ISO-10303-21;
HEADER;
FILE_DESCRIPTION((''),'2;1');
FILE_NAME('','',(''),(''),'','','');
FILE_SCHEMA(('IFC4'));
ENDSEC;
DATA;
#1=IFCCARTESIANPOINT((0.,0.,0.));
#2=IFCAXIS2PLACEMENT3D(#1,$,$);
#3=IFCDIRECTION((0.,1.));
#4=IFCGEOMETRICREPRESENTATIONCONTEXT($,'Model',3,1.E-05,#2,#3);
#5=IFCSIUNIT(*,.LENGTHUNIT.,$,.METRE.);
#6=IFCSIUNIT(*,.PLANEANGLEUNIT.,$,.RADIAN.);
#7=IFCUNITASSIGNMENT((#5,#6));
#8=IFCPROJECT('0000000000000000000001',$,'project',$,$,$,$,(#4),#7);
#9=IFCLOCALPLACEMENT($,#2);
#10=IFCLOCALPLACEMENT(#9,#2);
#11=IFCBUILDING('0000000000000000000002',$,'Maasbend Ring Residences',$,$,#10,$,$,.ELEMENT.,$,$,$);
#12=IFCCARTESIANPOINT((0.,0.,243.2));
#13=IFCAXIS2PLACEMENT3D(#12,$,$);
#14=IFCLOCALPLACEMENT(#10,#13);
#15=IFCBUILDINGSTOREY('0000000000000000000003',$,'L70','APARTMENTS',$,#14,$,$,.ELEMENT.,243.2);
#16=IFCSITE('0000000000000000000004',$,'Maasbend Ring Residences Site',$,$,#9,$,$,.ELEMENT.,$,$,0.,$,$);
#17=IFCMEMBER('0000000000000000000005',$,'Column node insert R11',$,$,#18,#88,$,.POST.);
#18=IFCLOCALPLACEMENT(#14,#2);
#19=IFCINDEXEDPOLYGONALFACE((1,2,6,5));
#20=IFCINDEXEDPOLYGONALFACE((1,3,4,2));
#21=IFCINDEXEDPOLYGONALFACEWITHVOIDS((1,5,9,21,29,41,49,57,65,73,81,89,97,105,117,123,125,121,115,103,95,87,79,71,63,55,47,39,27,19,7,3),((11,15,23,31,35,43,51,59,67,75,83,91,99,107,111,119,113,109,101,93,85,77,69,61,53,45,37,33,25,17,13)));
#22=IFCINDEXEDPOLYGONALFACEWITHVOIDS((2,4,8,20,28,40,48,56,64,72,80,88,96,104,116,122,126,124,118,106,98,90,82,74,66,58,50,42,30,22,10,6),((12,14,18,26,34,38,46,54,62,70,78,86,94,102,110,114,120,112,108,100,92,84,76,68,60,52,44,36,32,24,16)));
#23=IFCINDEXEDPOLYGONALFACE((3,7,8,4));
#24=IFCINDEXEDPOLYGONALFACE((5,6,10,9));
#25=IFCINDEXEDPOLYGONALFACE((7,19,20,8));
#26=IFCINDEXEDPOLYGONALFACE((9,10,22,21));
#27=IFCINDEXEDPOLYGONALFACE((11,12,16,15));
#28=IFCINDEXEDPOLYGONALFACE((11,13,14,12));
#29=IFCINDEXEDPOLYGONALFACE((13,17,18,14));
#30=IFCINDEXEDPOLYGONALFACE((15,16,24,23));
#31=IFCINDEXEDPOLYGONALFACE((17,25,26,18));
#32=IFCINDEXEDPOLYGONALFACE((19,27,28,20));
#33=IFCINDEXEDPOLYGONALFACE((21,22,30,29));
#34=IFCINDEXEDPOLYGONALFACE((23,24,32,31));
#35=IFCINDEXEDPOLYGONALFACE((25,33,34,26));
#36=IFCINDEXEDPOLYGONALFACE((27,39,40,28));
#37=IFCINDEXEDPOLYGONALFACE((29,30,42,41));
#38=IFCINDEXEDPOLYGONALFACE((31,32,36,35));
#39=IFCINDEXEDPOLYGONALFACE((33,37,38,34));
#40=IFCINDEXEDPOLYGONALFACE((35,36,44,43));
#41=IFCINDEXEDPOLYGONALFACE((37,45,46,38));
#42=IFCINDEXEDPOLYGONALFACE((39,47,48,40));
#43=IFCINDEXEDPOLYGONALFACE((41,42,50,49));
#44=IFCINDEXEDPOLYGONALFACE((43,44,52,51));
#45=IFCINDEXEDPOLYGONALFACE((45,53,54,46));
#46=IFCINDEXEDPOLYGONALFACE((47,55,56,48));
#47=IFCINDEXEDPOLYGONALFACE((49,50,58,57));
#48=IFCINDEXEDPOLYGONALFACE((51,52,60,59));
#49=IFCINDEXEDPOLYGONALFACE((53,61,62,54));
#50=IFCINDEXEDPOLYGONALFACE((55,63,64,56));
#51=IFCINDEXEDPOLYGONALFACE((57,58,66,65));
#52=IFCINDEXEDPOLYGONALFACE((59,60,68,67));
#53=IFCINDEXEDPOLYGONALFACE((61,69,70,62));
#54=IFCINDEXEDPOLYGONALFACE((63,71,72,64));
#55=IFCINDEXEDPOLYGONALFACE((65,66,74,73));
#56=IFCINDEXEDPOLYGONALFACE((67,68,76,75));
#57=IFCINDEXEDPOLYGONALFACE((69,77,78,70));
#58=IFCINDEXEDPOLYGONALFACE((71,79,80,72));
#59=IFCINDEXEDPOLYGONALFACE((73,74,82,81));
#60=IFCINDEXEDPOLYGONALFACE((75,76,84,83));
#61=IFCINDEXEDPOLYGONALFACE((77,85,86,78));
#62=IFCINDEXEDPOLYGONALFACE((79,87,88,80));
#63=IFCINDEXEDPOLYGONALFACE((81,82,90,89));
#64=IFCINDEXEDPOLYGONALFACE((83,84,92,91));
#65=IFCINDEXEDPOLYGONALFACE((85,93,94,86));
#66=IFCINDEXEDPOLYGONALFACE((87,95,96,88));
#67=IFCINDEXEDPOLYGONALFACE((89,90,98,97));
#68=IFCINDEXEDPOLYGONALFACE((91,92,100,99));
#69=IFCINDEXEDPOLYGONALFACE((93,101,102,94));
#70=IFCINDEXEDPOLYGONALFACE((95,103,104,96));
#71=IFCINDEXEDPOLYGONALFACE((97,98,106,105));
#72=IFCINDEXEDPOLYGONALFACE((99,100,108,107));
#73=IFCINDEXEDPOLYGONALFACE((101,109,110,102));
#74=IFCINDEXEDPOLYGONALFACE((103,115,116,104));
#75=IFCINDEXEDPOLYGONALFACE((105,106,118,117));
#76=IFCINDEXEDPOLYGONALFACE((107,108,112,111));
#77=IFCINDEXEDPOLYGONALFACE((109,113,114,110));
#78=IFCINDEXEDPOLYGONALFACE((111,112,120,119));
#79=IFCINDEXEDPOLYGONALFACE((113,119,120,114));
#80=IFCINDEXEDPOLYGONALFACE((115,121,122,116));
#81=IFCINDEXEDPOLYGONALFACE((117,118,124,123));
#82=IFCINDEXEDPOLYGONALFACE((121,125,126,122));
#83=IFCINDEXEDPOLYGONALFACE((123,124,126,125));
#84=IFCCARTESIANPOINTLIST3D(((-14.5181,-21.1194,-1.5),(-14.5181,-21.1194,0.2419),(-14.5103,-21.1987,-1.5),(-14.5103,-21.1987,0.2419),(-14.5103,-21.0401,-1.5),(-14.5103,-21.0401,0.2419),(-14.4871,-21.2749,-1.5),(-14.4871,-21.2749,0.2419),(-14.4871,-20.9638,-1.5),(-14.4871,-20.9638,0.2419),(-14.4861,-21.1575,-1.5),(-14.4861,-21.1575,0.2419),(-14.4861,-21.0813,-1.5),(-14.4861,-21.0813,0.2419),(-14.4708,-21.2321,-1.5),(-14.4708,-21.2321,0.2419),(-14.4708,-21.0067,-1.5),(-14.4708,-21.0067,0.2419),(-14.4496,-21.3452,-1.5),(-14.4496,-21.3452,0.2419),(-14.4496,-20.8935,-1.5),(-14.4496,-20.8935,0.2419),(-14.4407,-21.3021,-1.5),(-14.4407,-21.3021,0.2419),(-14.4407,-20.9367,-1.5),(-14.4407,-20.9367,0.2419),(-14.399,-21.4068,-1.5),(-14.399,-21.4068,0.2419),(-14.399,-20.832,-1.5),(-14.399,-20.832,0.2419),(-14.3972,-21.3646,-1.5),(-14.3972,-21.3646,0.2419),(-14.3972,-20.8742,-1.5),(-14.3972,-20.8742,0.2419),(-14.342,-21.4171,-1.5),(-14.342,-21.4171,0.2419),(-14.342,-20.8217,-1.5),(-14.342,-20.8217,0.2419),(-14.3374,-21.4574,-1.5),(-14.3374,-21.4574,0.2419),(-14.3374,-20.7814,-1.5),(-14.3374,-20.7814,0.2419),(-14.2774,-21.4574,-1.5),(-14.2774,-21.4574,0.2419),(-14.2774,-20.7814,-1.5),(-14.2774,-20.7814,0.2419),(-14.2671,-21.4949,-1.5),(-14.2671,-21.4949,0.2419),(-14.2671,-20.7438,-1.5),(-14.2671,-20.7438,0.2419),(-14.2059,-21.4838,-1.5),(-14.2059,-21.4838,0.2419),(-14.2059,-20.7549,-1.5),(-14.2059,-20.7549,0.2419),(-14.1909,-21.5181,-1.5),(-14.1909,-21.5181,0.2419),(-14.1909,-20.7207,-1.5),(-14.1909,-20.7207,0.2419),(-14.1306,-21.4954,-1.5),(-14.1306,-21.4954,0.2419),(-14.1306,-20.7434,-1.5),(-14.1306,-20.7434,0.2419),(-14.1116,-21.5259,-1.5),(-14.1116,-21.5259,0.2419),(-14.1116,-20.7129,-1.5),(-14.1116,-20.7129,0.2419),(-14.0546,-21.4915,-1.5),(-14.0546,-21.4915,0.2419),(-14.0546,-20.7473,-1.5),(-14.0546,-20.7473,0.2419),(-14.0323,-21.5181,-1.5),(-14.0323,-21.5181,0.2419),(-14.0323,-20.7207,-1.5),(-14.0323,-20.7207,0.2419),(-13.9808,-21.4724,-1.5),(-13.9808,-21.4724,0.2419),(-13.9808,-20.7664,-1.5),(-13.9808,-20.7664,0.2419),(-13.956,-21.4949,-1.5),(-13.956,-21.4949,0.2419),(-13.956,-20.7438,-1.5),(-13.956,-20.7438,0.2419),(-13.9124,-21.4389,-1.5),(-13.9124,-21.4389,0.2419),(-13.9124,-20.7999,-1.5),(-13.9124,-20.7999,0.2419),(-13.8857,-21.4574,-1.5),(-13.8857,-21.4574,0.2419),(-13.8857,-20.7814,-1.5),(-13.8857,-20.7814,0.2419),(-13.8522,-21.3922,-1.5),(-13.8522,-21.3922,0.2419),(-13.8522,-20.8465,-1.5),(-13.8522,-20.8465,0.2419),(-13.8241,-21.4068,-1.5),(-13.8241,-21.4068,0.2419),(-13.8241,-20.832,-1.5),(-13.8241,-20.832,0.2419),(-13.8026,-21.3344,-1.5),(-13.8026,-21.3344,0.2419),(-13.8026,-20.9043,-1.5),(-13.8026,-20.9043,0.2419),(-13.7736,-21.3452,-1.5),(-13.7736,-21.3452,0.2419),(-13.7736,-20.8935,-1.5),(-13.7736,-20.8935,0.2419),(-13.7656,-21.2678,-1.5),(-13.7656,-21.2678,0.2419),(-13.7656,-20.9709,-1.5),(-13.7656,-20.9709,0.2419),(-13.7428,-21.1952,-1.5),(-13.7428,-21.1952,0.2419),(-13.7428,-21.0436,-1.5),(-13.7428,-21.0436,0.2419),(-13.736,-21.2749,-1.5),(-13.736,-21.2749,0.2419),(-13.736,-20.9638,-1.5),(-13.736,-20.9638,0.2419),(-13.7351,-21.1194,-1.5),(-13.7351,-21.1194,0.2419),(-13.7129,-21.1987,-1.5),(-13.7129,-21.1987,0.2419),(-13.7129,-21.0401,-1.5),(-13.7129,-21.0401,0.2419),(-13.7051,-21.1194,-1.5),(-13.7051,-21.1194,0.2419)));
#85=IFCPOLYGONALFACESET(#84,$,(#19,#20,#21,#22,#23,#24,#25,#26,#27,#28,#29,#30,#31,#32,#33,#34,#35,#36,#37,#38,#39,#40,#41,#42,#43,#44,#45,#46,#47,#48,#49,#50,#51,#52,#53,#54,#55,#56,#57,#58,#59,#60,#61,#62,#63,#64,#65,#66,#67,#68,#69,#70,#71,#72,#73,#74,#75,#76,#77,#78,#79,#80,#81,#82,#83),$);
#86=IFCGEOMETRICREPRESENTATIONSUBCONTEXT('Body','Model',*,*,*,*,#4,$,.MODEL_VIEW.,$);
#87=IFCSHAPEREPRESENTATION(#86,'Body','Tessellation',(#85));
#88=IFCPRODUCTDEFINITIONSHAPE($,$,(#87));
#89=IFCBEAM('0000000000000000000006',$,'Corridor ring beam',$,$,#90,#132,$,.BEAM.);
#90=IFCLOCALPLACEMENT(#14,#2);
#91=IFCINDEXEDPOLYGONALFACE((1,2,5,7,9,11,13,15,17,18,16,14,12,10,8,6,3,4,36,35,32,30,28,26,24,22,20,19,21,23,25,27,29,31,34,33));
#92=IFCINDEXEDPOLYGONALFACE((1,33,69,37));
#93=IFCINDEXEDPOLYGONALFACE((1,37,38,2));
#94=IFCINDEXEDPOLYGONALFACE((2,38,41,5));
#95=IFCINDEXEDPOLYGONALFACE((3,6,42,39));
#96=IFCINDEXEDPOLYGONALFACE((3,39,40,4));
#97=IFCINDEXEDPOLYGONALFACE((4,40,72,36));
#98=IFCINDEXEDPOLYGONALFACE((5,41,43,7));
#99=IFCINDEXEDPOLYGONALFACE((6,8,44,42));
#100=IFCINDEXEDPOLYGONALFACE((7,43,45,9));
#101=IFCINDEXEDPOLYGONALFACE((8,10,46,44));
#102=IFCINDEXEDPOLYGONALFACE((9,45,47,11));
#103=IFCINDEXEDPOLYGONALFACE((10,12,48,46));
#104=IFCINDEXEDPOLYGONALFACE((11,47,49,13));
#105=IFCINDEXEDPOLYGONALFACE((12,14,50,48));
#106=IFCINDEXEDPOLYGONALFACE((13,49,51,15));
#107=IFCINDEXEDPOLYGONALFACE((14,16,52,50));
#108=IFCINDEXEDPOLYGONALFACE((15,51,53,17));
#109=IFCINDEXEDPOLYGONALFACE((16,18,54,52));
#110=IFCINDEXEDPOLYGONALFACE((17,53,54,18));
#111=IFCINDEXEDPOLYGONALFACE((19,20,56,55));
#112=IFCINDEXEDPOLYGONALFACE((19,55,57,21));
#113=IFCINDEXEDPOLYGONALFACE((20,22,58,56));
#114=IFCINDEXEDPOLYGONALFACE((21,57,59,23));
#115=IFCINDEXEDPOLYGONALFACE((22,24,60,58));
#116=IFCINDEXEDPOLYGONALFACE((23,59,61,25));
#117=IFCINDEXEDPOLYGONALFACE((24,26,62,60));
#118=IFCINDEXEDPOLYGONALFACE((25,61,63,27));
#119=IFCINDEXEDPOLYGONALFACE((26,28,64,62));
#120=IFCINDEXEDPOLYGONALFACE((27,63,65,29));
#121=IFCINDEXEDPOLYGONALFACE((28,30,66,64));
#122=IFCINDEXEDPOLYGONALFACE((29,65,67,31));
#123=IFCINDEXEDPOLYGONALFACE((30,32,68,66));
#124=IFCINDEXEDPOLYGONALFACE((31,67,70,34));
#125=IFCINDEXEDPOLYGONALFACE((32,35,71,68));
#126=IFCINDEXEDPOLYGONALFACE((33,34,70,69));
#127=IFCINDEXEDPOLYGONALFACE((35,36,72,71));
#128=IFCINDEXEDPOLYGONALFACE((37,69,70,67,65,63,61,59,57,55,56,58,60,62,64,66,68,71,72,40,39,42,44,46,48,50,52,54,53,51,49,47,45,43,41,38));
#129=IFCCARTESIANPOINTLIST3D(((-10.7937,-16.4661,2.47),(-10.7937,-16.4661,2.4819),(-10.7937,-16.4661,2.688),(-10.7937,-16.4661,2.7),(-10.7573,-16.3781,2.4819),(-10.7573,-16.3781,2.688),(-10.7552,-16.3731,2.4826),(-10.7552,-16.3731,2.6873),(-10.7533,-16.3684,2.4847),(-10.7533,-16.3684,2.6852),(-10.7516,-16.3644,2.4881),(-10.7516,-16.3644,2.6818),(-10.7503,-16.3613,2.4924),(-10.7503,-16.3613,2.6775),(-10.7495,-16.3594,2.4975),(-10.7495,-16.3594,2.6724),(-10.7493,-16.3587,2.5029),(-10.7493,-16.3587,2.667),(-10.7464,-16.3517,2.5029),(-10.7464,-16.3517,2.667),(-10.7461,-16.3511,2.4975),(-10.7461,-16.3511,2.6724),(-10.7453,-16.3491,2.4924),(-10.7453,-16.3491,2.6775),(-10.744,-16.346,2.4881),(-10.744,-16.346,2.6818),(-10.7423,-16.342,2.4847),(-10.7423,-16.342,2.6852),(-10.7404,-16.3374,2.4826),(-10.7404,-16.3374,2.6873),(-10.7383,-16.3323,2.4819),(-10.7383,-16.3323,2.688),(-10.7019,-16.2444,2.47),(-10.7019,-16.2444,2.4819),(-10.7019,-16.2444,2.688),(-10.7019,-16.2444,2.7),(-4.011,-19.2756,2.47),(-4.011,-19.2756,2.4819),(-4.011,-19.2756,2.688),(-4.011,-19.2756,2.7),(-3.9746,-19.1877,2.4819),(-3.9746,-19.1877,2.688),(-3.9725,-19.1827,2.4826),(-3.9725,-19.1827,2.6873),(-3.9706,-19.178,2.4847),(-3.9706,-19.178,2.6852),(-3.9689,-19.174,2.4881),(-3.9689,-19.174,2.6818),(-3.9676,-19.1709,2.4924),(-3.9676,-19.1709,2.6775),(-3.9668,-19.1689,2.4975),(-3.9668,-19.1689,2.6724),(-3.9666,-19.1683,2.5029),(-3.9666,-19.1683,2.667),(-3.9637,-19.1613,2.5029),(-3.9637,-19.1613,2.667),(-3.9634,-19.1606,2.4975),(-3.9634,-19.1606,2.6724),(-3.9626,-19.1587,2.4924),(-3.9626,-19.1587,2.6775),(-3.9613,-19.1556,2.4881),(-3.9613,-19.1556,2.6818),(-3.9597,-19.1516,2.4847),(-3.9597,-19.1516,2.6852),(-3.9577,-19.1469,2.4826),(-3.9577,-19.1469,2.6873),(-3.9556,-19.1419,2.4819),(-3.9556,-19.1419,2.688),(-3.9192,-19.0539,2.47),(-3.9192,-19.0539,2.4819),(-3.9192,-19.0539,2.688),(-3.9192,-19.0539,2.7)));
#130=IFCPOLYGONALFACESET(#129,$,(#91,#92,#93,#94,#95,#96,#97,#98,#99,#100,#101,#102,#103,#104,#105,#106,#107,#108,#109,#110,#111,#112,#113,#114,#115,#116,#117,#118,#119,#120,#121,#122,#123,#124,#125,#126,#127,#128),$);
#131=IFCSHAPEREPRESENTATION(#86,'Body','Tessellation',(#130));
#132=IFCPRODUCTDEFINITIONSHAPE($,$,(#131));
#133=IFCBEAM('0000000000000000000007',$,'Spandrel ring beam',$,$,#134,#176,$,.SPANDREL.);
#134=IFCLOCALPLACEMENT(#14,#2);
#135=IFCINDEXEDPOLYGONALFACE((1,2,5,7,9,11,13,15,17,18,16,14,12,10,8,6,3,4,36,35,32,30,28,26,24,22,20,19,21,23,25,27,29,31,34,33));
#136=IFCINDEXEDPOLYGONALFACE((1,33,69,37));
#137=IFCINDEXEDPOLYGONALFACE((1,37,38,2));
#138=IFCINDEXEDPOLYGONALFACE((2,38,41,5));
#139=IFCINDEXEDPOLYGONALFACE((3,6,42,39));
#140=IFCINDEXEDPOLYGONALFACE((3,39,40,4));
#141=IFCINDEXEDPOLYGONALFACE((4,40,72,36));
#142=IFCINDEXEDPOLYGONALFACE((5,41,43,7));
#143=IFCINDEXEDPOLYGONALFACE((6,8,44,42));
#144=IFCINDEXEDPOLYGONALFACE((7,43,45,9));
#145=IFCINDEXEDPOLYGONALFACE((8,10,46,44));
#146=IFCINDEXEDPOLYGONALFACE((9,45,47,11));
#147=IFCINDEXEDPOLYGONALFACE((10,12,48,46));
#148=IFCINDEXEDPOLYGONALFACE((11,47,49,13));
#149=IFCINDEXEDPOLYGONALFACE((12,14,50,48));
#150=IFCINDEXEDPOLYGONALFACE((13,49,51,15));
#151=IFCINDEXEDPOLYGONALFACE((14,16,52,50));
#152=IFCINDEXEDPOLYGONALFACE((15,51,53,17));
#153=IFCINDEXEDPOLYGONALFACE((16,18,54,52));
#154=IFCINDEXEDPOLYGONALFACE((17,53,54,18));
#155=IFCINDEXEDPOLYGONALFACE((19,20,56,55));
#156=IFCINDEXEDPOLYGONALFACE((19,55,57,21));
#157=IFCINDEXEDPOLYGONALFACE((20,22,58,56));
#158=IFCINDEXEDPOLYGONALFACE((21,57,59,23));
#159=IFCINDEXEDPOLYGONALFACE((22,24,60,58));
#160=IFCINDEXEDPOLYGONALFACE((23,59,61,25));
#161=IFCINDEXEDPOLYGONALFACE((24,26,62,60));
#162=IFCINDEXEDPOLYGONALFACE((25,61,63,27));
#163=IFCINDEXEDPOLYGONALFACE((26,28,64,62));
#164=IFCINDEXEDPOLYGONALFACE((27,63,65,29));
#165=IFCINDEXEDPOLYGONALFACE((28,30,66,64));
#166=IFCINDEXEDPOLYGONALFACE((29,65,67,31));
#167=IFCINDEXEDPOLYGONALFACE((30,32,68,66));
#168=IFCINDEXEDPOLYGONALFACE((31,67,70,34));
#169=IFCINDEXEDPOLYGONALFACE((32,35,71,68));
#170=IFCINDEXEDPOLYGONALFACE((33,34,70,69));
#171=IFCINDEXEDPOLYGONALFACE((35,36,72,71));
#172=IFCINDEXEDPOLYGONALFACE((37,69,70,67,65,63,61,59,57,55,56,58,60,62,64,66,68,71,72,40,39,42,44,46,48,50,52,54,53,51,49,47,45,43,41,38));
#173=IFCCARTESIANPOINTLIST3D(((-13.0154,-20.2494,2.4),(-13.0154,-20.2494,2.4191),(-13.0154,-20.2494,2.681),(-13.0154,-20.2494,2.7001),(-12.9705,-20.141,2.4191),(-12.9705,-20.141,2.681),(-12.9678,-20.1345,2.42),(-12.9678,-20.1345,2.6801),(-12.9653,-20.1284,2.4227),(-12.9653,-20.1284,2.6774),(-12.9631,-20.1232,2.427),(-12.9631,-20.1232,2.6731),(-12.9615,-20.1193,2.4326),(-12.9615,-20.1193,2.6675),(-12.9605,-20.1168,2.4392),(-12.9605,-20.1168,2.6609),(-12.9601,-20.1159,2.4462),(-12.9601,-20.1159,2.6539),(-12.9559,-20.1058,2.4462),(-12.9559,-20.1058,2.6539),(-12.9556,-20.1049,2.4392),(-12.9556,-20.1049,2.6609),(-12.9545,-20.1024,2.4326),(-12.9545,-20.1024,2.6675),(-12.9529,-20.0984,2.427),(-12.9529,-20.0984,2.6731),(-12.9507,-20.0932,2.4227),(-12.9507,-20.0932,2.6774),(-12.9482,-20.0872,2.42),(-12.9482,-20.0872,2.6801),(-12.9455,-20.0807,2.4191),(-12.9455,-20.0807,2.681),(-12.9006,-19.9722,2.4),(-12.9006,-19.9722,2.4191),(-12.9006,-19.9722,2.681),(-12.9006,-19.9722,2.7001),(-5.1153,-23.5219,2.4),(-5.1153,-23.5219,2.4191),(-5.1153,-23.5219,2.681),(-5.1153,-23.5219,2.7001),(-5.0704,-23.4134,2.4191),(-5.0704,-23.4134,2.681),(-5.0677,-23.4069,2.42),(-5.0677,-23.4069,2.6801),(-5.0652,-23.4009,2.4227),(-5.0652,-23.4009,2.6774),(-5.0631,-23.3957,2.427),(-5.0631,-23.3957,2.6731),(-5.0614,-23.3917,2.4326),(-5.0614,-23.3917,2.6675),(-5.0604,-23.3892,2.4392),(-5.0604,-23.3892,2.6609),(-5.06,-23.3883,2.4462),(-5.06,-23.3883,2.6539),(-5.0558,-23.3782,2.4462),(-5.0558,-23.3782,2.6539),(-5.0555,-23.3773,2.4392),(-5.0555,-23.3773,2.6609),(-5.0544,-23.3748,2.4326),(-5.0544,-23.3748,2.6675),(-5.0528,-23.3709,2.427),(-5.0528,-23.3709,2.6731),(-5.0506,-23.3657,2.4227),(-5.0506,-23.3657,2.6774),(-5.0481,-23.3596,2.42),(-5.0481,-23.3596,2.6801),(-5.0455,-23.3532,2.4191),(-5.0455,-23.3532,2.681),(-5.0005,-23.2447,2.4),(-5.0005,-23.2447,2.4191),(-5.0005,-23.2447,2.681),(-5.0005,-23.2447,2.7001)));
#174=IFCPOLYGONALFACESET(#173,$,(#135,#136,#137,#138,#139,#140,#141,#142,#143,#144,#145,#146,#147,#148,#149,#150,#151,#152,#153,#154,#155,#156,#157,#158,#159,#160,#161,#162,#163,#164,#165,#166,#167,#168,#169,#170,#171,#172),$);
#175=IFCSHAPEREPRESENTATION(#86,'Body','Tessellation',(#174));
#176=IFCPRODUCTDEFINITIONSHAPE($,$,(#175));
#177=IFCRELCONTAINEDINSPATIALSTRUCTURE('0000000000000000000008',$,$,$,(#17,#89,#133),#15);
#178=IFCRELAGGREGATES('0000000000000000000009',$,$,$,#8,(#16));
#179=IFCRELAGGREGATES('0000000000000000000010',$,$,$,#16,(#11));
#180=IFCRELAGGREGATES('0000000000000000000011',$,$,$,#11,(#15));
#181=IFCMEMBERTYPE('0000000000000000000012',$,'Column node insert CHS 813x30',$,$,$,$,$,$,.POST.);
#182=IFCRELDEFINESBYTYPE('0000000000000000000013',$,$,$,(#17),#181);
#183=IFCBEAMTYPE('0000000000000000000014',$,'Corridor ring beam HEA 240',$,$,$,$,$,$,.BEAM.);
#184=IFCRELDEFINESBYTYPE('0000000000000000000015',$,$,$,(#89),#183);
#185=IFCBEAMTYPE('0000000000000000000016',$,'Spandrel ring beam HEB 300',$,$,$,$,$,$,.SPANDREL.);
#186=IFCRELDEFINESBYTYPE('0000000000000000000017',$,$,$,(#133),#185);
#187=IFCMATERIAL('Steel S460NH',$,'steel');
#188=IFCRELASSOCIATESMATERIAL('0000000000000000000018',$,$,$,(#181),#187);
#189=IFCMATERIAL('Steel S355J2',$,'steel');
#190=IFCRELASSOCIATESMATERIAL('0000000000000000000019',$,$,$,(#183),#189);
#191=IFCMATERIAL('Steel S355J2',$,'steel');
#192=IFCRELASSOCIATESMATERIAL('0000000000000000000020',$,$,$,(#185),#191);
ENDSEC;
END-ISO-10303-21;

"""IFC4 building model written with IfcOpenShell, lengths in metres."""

from ifc_helpers import new_model, si_unit, direction, frame, origin, origin_2d, place, context, subcontext, project, spatial, hollow_circle, i_section, extrude, material, material_profile, profile_set, type_object, element, save


model = new_model("IFC4")

# Units and contexts
model_context = context("Model", 3, precision=1e-05, world=origin(), true_north=direction((0.0, 1.0)))
body_context = subcontext(model_context, "Body", "Model", "MODEL_VIEW")
ifc_project = project(units=[si_unit("LENGTHUNIT", "METRE"), si_unit("PLANEANGLEUNIT", "RADIAN")], contexts=[model_context])

# Site, building, storey
site_placement = place(None, origin())
site = spatial("IfcSite", under=ifc_project, at=site_placement, Name="Maasbend Ring Residences Site", CompositionType="ELEMENT", RefElevation=0.0)
building_placement = place(site_placement, origin())
building = spatial("IfcBuilding", under=site, at=building_placement, Name="Maasbend Ring Residences", CompositionType="ELEMENT")
storey_placement = place(building_placement, frame((0.0, 0.0, 243.2)))
storey = spatial("IfcBuildingStorey", under=building, at=storey_placement, Name="L70", Description="APARTMENTS", CompositionType="ELEMENT", Elevation=243.2)

# Member
ifc_material_1 = material(Name="Steel S460NH", Category="steel")
ifc_material_profile_1 = material_profile(ifc_material_1, hollow_circle(Radius=0.4065, WallThickness=0.03, at=origin_2d()), Name="Column node insert CHS 813x30")
ifc_profile_set_1 = profile_set([ifc_material_profile_1], Name="Steel S460NH")
member_type = type_object("IfcMemberType", Name="Column node insert CHS 813x30", PredefinedType="POST", material=ifc_profile_set_1)
member_placement = place(storey_placement, frame((-14.1116, -21.1194, -1.5), z_axis=(0.0, 0.0, 1.0), x_axis=(1.0, 0.0, 0.0)))
element("IfcMember", 1, at=member_placement, inside=storey, type_object=member_type, Name="Column node insert R11", PredefinedType="POST", context=body_context, shape_type="SweptSolid", body=[
    extrude(hollow_circle(Radius=0.4065, WallThickness=0.03, at=origin_2d()), origin(), (0.0, 0.0, 1.0), 1.7419),
])

# Beams
ifc_material_2 = material(Name="Steel S355J2", Category="steel")
ifc_material_profile_2 = material_profile(ifc_material_2, i_section(OverallWidth=0.24, OverallDepth=0.23, WebThickness=0.0076, FlangeThickness=0.012, FilletRadius=0.021, at=origin_2d()), Name="HEA 240")
ifc_profile_set_2 = profile_set([ifc_material_profile_2], Name="Steel S355J2")
beam_type_1 = type_object("IfcBeamType", Name="Corridor ring beam HEA 240", PredefinedType="BEAM", material=ifc_profile_set_2)
beam_1_placement = place(storey_placement, frame((-10.7478, -16.3552, 2.585), z_axis=(0.923876, -0.382692, 0.0), x_axis=(0.382692, 0.923876, 0.0)))
element("IfcBeam", 2, at=beam_1_placement, inside=storey, type_object=beam_type_1, Name="Corridor ring beam", PredefinedType="BEAM", context=body_context, shape_type="SweptSolid", body=[
    extrude(i_section(OverallWidth=0.24, OverallDepth=0.23, WebThickness=0.0076, FlangeThickness=0.012, FilletRadius=0.021, at=origin_2d()), origin(), (0.0, 0.0, 1.0), 7.3416),
])
ifc_material_3 = material(Name="Steel S355J2", Category="steel")
ifc_material_profile_3 = material_profile(ifc_material_3, i_section(OverallWidth=0.3, OverallDepth=0.3, WebThickness=0.011, FlangeThickness=0.019, FilletRadius=0.0271, at=origin_2d()), Name="HEB 300")
ifc_profile_set_3 = profile_set([ifc_material_profile_3], Name="Steel S355J2")
beam_type_2 = type_object("IfcBeamType", Name="Spandrel ring beam HEB 300", PredefinedType="SPANDREL", material=ifc_profile_set_3)
beam_2_placement = place(storey_placement, frame((-12.958, -20.1108, 2.55), z_axis=(0.923875, -0.382695, 0.0), x_axis=(0.382695, 0.923875, 0.0)))
element("IfcBeam", 3, at=beam_2_placement, inside=storey, type_object=beam_type_2, Name="Spandrel ring beam", PredefinedType="SPANDREL", context=body_context, shape_type="SweptSolid", body=[
    extrude(i_section(OverallWidth=0.3, OverallDepth=0.3, WebThickness=0.011, FlangeThickness=0.019, FilletRadius=0.0271, at=origin_2d()), origin(), (0.0, 0.0, 1.0), 8.551),
])

save(model, "model.ifc")
